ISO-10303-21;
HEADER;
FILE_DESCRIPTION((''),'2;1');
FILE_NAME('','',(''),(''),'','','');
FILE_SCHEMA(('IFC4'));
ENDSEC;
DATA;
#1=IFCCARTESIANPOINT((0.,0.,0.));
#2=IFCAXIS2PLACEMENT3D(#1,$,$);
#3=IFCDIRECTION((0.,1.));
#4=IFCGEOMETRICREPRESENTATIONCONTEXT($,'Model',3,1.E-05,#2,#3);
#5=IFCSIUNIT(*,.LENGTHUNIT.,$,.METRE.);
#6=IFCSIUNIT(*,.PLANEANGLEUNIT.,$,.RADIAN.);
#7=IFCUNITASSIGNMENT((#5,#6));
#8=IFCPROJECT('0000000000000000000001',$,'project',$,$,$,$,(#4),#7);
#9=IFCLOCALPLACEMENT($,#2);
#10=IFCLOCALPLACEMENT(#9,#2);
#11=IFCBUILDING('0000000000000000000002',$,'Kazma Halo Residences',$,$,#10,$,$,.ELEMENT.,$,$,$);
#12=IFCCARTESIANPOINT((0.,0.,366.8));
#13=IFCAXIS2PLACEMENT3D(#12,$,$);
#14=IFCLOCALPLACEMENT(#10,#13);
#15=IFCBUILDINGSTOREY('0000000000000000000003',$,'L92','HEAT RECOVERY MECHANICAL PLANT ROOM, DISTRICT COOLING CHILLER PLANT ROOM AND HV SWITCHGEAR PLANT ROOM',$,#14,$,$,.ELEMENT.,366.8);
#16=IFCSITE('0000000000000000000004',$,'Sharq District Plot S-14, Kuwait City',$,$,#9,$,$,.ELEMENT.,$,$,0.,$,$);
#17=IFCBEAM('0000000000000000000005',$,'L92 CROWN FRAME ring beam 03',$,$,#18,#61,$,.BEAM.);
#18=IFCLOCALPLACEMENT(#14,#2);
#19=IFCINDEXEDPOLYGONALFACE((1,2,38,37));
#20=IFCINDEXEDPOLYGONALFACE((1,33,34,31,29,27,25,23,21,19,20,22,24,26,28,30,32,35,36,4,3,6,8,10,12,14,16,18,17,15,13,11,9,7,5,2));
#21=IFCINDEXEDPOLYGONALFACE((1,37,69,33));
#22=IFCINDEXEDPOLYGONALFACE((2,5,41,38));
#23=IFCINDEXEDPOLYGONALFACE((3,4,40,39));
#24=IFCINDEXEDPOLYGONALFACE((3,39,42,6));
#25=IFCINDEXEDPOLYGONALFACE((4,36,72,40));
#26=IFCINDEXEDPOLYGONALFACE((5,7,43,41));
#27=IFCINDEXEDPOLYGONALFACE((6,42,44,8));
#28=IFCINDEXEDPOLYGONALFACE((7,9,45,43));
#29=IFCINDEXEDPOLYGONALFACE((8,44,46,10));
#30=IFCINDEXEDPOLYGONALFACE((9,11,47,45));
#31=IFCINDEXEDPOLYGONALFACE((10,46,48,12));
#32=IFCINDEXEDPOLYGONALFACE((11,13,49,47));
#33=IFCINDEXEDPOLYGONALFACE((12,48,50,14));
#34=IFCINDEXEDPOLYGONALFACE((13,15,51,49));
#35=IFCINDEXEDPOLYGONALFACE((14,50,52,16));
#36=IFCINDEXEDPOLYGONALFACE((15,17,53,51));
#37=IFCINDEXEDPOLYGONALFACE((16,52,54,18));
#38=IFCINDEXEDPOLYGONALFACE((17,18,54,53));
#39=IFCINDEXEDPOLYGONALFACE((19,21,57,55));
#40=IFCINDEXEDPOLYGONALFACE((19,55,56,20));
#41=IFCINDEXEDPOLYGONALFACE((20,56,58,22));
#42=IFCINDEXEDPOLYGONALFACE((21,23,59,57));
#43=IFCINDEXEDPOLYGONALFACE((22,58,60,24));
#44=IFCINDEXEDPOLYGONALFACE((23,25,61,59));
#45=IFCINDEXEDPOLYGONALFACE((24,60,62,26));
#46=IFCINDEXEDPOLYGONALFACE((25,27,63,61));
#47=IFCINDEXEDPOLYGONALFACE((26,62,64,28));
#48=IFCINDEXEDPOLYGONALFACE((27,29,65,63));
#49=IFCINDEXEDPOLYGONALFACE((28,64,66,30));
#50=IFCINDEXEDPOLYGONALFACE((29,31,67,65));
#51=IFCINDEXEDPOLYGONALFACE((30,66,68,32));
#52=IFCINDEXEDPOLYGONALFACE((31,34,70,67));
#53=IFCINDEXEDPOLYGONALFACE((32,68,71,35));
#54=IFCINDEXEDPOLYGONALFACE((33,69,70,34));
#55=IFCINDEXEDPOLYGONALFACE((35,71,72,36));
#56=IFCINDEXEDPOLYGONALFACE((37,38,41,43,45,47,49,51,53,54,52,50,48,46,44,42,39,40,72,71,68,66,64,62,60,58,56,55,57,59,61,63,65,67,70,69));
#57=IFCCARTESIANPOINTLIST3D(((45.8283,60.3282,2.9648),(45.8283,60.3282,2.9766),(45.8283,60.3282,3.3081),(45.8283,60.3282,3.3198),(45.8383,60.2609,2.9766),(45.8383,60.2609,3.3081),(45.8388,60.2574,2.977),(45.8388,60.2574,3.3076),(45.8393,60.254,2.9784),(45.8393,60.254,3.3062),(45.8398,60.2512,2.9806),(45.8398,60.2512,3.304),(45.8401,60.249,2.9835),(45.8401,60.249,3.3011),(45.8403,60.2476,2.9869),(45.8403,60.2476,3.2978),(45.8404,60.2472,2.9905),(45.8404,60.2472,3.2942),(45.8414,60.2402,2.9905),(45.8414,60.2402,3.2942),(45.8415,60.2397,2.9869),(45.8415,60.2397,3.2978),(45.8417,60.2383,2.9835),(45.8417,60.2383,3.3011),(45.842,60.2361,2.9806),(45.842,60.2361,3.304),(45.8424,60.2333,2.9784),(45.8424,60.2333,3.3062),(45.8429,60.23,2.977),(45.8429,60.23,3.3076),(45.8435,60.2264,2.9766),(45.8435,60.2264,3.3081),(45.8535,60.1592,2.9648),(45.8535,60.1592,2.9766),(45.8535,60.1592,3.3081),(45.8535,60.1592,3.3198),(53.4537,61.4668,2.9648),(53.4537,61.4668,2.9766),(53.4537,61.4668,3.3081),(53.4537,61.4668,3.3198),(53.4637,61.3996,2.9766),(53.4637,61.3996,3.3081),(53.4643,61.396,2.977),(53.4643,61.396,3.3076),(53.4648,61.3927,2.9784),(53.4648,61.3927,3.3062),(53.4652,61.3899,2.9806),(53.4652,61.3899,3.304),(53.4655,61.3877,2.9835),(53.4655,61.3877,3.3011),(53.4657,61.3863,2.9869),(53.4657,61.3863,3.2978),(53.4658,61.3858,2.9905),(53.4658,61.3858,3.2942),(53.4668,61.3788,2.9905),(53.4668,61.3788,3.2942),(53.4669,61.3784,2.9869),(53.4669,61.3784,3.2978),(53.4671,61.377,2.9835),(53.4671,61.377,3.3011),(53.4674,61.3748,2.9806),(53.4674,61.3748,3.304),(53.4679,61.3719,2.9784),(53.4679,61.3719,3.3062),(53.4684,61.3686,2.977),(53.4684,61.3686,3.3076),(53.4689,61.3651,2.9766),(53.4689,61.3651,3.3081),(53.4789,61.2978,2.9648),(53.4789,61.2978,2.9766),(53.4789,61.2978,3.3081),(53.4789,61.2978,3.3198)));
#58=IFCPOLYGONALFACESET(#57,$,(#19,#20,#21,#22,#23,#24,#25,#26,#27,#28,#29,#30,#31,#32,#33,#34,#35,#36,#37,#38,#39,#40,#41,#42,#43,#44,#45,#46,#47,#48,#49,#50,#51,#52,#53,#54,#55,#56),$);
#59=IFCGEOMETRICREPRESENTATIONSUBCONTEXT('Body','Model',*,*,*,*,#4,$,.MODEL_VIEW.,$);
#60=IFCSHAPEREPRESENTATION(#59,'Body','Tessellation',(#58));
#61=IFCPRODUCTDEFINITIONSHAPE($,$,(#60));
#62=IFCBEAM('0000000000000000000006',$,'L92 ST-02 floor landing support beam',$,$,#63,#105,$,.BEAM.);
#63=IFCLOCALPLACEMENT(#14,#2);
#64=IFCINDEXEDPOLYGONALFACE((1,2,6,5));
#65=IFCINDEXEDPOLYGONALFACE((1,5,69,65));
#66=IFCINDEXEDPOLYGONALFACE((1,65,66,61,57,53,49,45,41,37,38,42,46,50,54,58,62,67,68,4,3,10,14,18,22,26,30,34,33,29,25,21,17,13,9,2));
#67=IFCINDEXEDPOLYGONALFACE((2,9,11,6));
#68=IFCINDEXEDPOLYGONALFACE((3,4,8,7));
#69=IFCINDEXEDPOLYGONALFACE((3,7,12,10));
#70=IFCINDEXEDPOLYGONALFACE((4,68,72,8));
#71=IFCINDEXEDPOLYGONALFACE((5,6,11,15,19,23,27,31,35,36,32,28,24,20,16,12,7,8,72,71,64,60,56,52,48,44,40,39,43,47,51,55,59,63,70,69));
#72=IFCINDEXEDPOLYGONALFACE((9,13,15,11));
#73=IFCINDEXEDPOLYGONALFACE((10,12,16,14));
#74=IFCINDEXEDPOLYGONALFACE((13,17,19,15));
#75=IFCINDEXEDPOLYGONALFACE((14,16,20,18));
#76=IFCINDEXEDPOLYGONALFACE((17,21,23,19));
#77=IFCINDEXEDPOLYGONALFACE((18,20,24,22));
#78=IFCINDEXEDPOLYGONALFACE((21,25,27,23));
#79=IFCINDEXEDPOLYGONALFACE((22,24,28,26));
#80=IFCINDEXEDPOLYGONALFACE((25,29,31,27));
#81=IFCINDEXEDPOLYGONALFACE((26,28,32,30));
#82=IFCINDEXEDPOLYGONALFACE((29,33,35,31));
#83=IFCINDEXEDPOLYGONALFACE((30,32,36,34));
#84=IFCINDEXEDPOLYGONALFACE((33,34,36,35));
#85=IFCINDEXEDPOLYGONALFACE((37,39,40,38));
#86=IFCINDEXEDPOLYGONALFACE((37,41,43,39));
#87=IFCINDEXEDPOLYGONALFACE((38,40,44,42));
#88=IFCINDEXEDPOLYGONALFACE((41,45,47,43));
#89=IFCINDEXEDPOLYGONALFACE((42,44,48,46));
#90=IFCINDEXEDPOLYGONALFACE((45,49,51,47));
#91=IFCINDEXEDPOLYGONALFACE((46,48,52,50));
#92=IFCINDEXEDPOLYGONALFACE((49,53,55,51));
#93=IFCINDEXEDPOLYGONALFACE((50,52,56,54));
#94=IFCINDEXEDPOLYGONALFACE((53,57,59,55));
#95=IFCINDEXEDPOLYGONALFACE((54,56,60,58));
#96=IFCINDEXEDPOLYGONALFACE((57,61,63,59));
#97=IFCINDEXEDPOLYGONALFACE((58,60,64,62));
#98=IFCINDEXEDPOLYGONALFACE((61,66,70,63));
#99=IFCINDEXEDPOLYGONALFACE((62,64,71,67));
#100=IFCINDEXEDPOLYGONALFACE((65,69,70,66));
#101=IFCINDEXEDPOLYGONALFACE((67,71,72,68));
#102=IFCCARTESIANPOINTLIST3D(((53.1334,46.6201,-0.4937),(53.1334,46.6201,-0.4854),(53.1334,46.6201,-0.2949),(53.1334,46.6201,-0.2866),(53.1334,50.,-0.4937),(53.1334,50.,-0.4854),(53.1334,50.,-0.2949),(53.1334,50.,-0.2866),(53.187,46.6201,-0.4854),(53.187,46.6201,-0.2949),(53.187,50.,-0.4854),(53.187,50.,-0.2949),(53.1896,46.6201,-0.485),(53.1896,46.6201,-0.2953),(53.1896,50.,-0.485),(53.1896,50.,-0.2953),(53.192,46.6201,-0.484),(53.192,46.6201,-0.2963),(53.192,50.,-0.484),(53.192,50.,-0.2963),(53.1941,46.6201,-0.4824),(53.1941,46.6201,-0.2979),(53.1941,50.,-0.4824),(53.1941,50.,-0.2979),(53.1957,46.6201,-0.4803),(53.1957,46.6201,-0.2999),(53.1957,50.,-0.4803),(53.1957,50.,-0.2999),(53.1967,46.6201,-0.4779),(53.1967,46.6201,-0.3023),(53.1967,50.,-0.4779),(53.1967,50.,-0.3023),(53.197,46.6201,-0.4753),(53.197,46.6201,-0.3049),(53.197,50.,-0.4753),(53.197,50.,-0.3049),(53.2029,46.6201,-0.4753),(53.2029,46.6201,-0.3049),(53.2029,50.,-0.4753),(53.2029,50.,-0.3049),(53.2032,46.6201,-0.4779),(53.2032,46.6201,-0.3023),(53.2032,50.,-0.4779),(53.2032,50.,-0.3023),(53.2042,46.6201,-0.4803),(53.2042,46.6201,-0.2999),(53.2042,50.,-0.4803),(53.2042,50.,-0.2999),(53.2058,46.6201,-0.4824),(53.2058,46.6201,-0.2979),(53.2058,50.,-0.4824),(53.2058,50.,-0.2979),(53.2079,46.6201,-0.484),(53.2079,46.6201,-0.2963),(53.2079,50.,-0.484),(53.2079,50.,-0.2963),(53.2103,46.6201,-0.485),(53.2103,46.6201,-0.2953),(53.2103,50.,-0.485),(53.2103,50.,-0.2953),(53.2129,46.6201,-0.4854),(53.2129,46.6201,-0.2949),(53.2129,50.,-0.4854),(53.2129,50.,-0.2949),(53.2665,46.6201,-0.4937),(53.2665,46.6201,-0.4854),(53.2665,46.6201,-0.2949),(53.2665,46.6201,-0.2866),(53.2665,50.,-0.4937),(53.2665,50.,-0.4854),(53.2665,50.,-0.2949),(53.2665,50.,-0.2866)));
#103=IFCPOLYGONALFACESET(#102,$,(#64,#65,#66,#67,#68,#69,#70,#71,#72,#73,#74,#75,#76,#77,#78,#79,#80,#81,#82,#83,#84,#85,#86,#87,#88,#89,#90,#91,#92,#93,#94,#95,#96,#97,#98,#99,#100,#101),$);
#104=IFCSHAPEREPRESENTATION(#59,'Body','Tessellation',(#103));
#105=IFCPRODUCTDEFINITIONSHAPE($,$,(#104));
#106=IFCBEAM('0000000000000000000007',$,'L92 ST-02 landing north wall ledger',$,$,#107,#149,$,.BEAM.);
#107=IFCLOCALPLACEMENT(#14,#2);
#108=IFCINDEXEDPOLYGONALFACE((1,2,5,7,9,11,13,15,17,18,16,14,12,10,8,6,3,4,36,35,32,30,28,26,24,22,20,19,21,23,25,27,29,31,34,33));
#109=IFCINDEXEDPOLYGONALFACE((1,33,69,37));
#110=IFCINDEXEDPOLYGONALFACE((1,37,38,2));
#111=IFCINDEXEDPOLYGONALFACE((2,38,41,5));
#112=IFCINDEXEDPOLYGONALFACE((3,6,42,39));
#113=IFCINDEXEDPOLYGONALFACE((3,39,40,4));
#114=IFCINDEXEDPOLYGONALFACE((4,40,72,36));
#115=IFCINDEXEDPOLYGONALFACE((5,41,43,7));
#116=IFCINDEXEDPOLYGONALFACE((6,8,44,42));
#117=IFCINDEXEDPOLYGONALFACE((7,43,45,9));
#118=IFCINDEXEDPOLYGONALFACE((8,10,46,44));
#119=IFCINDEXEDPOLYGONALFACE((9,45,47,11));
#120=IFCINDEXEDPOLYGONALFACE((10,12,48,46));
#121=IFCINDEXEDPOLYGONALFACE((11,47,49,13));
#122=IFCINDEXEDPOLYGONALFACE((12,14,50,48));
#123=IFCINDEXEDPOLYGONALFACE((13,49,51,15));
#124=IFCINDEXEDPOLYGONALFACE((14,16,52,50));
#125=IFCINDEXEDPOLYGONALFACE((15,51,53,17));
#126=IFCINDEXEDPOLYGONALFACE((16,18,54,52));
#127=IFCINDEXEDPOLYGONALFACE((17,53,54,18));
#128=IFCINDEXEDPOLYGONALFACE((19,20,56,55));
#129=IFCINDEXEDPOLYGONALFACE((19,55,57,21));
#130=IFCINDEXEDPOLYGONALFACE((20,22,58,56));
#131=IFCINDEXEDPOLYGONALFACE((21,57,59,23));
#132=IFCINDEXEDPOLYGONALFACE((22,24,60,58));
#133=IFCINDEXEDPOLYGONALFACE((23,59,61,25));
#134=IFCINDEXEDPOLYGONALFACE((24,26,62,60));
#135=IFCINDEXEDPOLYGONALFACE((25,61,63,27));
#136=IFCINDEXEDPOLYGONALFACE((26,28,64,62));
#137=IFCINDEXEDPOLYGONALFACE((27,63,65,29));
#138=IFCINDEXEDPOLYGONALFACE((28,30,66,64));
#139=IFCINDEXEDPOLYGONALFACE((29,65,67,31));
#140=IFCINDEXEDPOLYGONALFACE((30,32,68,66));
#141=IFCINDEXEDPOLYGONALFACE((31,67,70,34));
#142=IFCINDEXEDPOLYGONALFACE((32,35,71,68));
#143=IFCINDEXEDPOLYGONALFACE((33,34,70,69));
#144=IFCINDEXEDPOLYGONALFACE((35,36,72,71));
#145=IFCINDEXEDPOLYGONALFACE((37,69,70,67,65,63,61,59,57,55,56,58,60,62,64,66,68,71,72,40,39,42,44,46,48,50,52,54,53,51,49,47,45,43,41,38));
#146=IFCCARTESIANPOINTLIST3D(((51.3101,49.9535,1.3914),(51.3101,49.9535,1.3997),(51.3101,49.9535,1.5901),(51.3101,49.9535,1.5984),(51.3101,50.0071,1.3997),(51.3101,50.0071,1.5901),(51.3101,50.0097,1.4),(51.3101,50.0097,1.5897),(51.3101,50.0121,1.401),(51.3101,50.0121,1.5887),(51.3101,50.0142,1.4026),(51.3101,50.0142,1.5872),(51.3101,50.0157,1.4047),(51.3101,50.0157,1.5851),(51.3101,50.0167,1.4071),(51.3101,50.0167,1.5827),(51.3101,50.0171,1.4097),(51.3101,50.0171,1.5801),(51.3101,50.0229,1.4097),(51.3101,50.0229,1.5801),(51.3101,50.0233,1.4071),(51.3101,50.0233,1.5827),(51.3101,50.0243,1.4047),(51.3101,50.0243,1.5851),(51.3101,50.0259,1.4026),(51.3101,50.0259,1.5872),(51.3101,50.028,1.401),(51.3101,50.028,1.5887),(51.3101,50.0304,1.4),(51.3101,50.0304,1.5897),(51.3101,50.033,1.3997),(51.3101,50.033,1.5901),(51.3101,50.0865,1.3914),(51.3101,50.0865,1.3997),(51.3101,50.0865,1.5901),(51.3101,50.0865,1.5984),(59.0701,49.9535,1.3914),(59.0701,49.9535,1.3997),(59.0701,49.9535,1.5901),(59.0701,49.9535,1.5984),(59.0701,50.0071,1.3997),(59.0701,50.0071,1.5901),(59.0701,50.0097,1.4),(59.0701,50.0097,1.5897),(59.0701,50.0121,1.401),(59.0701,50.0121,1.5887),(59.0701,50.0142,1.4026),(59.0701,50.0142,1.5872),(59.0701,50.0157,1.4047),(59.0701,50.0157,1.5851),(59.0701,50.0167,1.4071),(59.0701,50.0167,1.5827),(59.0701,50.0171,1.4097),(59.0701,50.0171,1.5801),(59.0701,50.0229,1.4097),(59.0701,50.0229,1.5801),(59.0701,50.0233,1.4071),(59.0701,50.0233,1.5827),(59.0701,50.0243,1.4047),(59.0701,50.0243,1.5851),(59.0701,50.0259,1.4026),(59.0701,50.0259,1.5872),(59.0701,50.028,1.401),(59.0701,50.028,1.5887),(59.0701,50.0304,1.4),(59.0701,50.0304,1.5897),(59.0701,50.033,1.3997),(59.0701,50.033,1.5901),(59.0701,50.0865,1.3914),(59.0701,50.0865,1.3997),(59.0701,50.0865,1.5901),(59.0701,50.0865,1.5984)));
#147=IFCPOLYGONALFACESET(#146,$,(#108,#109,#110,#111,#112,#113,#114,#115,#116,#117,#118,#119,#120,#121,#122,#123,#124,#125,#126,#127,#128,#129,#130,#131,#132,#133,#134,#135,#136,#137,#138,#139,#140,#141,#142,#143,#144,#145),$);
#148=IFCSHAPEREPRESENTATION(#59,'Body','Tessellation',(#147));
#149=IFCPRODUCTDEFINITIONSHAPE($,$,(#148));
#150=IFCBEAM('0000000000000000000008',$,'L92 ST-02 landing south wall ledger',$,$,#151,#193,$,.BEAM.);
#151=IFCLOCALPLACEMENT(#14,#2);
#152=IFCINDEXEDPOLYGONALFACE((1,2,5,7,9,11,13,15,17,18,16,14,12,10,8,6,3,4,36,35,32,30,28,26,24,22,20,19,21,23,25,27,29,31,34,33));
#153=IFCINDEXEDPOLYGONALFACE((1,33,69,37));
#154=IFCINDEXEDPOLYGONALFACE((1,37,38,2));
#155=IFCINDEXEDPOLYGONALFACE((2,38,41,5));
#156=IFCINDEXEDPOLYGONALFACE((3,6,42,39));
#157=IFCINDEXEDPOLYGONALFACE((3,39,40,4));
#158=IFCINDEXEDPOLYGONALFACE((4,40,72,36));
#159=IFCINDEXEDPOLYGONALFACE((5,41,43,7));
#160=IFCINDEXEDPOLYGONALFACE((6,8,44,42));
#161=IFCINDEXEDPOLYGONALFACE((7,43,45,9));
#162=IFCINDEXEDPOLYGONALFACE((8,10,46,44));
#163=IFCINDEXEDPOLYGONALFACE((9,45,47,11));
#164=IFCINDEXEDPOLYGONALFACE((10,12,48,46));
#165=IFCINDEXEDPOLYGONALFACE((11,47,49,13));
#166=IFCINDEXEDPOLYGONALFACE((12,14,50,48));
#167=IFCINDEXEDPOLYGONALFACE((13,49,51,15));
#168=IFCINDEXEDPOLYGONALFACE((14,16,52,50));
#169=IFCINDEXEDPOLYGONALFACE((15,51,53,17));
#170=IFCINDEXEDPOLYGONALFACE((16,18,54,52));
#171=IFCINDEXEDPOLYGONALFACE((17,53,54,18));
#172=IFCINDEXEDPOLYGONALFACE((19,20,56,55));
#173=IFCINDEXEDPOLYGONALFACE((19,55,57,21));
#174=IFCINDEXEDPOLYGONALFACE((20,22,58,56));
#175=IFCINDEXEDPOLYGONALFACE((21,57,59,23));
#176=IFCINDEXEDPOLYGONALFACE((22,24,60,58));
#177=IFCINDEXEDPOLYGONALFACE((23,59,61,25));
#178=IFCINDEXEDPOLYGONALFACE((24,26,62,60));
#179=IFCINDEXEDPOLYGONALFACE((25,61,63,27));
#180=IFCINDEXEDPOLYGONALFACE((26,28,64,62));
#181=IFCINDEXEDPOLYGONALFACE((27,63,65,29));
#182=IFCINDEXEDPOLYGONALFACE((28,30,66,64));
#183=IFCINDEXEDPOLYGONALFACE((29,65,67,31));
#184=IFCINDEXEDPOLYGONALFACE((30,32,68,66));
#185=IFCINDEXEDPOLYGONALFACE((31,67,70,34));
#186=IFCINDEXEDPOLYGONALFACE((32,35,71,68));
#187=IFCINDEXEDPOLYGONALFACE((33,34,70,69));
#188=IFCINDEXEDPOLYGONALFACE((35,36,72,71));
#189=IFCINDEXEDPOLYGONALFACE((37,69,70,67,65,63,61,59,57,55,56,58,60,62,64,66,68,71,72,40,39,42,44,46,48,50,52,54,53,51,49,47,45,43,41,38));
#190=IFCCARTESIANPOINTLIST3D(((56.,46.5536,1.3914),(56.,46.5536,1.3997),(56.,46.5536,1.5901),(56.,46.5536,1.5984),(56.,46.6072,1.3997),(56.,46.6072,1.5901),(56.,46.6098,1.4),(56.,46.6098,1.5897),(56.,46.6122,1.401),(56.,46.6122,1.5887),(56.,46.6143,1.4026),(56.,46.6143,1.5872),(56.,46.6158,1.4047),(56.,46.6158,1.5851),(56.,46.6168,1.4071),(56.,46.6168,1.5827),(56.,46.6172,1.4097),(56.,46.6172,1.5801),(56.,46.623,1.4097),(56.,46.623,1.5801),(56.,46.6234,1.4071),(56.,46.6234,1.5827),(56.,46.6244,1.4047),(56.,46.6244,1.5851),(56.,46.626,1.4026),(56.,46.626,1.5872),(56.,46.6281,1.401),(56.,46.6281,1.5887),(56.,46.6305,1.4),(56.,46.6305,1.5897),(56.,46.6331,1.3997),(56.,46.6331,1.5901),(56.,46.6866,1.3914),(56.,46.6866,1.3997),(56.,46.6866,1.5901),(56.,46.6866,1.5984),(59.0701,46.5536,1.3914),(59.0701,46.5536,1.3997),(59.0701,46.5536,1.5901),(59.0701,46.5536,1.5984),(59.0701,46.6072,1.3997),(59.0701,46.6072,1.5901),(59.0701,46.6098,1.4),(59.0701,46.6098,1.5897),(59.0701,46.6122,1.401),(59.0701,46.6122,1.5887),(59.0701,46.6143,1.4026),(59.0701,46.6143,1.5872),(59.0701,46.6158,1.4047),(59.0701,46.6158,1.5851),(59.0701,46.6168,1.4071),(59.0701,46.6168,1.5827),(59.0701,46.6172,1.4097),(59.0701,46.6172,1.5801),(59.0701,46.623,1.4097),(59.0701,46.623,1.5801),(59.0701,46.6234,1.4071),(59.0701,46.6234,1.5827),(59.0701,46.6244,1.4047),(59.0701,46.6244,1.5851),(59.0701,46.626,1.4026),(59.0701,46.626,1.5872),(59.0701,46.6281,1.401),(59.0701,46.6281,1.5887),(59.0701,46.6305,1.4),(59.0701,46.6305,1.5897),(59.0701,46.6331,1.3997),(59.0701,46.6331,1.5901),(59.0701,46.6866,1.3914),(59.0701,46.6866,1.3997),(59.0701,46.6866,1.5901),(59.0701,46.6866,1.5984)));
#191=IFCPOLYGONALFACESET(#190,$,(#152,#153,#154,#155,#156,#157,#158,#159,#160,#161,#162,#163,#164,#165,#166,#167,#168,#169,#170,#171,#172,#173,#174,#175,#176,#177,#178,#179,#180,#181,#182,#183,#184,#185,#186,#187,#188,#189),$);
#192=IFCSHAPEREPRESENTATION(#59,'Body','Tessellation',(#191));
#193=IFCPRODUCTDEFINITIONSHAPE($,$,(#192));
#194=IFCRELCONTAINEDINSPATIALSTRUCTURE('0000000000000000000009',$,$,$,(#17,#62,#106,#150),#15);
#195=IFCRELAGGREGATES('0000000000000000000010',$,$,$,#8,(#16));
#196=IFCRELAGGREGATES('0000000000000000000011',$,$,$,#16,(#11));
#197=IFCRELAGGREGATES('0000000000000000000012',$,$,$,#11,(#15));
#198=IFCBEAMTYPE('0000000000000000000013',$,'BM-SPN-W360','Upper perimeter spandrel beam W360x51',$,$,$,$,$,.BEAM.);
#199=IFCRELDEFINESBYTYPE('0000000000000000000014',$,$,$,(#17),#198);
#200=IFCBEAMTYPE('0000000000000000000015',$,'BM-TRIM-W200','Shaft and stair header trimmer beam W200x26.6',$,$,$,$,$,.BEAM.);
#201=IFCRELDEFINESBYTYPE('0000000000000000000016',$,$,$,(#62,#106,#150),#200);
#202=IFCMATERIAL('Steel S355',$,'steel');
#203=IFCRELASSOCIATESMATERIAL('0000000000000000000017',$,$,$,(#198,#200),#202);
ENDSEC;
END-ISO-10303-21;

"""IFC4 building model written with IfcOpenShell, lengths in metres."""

from ifc_helpers import new_model, si_unit, direction, frame, origin, origin_2d, place, context, subcontext, project, spatial, i_section, extrude, material, material_profile, profile_set, type_object, element, save


model = new_model("IFC4")

# Units and contexts
model_context = context("Model", 3, precision=1e-05, world=origin(), true_north=direction((0.0, 1.0)))
body_context = subcontext(model_context, "Body", "Model", "MODEL_VIEW")
ifc_project = project(units=[si_unit("LENGTHUNIT", "METRE"), si_unit("PLANEANGLEUNIT", "RADIAN")], contexts=[model_context])

# Site, building, storey
site_placement = place(None, origin())
site = spatial("IfcSite", under=ifc_project, at=site_placement, Name="Sharq District Plot S-14, Kuwait City", CompositionType="ELEMENT", RefElevation=0.0)
building_placement = place(site_placement, origin())
building = spatial("IfcBuilding", under=site, at=building_placement, Name="Kazma Halo Residences", CompositionType="ELEMENT")
storey_placement = place(building_placement, frame((0.0, 0.0, 366.8)))
storey = spatial("IfcBuildingStorey", under=building, at=storey_placement, Name="L92", Description="HEAT RECOVERY MECHANICAL PLANT ROOM, DISTRICT COOLING CHILLER PLANT ROOM AND HV SWITCHGEAR PLANT ROOM", CompositionType="ELEMENT", Elevation=366.8)

# Shared definitions
ifc_material_1 = material(Name="Steel S355", Category="steel")

# Beams
ifc_material_profile_1 = material_profile(ifc_material_1, i_section(OverallWidth=0.1709, OverallDepth=0.355, WebThickness=0.0071, FlangeThickness=0.0117, FilletRadius=0.0139, at=origin_2d()), Name="W360x51")
ifc_profile_set_1 = profile_set([ifc_material_profile_1], Name="Steel S355")
beam_type_1 = type_object("IfcBeamType", Name="BM-SPN-W360", Description="Upper perimeter spandrel beam W360x51", PredefinedType="BEAM", material=ifc_profile_set_1)
beam_1_placement = place(storey_placement, frame((53.4663, 61.3823, 3.1423), z_axis=(-0.989034, -0.147687, 0.0), x_axis=(0.147687, -0.989034, 0.0)))
element("IfcBeam", 1, at=beam_1_placement, inside=storey, type_object=beam_type_1, Name="L92 CROWN FRAME ring beam 03", PredefinedType="BEAM", context=body_context, shape_type="SweptSolid", body=[
    extrude(i_section(OverallWidth=0.1709, OverallDepth=0.355, WebThickness=0.0071, FlangeThickness=0.0117, FilletRadius=0.0139, at=origin_2d()), origin(), (0.0, 0.0, 1.0), 7.71),
])
ifc_material_profile_2 = material_profile(ifc_material_1, i_section(OverallWidth=0.1331, OverallDepth=0.207, WebThickness=0.0059, FlangeThickness=0.0083, FilletRadius=0.01, at=origin_2d()), Name="W200x26.6")
ifc_profile_set_2 = profile_set([ifc_material_profile_2], Name="Steel S355")
beam_type_2 = type_object("IfcBeamType", Name="BM-TRIM-W200", Description="Shaft and stair header trimmer beam W200x26.6", PredefinedType="BEAM", material=ifc_profile_set_2)
beam_2_placement = place(storey_placement, frame((53.2, 46.6201, -0.3901), z_axis=(0.0, 1.0, 0.0), x_axis=(-1.0, 0.0, 0.0)))
element("IfcBeam", 2, at=beam_2_placement, inside=storey, type_object=beam_type_2, Name="L92 ST-02 floor landing support beam", PredefinedType="BEAM", context=body_context, shape_type="SweptSolid", body=[
    extrude(i_section(OverallWidth=0.1331, OverallDepth=0.207, WebThickness=0.0059, FlangeThickness=0.0083, FilletRadius=0.01, at=origin_2d()), origin(), (0.0, 0.0, 1.0), 3.3799),
])
beam_3_placement = place(storey_placement, frame((51.3101, 50.02, 1.4949), z_axis=(1.0, 0.0, 0.0), x_axis=(0.0, 1.0, 0.0)))
element("IfcBeam", 3, at=beam_3_placement, inside=storey, type_object=beam_type_2, Name="L92 ST-02 landing north wall ledger", PredefinedType="BEAM", context=body_context, shape_type="SweptSolid", body=[
    extrude(i_section(OverallWidth=0.1331, OverallDepth=0.207, WebThickness=0.0059, FlangeThickness=0.0083, FilletRadius=0.01, at=origin_2d()), origin(), (0.0, 0.0, 1.0), 7.76),
])
beam_4_placement = place(storey_placement, frame((56.0, 46.6201, 1.4949), z_axis=(1.0, 0.0, 0.0), x_axis=(0.0, 1.0, 0.0)))
element("IfcBeam", 4, at=beam_4_placement, inside=storey, type_object=beam_type_2, Name="L92 ST-02 landing south wall ledger", PredefinedType="BEAM", context=body_context, shape_type="SweptSolid", body=[
    extrude(i_section(OverallWidth=0.1331, OverallDepth=0.207, WebThickness=0.0059, FlangeThickness=0.0083, FilletRadius=0.01, at=origin_2d()), origin(), (0.0, 0.0, 1.0), 3.0701),
])

save(model, "model.ifc")
